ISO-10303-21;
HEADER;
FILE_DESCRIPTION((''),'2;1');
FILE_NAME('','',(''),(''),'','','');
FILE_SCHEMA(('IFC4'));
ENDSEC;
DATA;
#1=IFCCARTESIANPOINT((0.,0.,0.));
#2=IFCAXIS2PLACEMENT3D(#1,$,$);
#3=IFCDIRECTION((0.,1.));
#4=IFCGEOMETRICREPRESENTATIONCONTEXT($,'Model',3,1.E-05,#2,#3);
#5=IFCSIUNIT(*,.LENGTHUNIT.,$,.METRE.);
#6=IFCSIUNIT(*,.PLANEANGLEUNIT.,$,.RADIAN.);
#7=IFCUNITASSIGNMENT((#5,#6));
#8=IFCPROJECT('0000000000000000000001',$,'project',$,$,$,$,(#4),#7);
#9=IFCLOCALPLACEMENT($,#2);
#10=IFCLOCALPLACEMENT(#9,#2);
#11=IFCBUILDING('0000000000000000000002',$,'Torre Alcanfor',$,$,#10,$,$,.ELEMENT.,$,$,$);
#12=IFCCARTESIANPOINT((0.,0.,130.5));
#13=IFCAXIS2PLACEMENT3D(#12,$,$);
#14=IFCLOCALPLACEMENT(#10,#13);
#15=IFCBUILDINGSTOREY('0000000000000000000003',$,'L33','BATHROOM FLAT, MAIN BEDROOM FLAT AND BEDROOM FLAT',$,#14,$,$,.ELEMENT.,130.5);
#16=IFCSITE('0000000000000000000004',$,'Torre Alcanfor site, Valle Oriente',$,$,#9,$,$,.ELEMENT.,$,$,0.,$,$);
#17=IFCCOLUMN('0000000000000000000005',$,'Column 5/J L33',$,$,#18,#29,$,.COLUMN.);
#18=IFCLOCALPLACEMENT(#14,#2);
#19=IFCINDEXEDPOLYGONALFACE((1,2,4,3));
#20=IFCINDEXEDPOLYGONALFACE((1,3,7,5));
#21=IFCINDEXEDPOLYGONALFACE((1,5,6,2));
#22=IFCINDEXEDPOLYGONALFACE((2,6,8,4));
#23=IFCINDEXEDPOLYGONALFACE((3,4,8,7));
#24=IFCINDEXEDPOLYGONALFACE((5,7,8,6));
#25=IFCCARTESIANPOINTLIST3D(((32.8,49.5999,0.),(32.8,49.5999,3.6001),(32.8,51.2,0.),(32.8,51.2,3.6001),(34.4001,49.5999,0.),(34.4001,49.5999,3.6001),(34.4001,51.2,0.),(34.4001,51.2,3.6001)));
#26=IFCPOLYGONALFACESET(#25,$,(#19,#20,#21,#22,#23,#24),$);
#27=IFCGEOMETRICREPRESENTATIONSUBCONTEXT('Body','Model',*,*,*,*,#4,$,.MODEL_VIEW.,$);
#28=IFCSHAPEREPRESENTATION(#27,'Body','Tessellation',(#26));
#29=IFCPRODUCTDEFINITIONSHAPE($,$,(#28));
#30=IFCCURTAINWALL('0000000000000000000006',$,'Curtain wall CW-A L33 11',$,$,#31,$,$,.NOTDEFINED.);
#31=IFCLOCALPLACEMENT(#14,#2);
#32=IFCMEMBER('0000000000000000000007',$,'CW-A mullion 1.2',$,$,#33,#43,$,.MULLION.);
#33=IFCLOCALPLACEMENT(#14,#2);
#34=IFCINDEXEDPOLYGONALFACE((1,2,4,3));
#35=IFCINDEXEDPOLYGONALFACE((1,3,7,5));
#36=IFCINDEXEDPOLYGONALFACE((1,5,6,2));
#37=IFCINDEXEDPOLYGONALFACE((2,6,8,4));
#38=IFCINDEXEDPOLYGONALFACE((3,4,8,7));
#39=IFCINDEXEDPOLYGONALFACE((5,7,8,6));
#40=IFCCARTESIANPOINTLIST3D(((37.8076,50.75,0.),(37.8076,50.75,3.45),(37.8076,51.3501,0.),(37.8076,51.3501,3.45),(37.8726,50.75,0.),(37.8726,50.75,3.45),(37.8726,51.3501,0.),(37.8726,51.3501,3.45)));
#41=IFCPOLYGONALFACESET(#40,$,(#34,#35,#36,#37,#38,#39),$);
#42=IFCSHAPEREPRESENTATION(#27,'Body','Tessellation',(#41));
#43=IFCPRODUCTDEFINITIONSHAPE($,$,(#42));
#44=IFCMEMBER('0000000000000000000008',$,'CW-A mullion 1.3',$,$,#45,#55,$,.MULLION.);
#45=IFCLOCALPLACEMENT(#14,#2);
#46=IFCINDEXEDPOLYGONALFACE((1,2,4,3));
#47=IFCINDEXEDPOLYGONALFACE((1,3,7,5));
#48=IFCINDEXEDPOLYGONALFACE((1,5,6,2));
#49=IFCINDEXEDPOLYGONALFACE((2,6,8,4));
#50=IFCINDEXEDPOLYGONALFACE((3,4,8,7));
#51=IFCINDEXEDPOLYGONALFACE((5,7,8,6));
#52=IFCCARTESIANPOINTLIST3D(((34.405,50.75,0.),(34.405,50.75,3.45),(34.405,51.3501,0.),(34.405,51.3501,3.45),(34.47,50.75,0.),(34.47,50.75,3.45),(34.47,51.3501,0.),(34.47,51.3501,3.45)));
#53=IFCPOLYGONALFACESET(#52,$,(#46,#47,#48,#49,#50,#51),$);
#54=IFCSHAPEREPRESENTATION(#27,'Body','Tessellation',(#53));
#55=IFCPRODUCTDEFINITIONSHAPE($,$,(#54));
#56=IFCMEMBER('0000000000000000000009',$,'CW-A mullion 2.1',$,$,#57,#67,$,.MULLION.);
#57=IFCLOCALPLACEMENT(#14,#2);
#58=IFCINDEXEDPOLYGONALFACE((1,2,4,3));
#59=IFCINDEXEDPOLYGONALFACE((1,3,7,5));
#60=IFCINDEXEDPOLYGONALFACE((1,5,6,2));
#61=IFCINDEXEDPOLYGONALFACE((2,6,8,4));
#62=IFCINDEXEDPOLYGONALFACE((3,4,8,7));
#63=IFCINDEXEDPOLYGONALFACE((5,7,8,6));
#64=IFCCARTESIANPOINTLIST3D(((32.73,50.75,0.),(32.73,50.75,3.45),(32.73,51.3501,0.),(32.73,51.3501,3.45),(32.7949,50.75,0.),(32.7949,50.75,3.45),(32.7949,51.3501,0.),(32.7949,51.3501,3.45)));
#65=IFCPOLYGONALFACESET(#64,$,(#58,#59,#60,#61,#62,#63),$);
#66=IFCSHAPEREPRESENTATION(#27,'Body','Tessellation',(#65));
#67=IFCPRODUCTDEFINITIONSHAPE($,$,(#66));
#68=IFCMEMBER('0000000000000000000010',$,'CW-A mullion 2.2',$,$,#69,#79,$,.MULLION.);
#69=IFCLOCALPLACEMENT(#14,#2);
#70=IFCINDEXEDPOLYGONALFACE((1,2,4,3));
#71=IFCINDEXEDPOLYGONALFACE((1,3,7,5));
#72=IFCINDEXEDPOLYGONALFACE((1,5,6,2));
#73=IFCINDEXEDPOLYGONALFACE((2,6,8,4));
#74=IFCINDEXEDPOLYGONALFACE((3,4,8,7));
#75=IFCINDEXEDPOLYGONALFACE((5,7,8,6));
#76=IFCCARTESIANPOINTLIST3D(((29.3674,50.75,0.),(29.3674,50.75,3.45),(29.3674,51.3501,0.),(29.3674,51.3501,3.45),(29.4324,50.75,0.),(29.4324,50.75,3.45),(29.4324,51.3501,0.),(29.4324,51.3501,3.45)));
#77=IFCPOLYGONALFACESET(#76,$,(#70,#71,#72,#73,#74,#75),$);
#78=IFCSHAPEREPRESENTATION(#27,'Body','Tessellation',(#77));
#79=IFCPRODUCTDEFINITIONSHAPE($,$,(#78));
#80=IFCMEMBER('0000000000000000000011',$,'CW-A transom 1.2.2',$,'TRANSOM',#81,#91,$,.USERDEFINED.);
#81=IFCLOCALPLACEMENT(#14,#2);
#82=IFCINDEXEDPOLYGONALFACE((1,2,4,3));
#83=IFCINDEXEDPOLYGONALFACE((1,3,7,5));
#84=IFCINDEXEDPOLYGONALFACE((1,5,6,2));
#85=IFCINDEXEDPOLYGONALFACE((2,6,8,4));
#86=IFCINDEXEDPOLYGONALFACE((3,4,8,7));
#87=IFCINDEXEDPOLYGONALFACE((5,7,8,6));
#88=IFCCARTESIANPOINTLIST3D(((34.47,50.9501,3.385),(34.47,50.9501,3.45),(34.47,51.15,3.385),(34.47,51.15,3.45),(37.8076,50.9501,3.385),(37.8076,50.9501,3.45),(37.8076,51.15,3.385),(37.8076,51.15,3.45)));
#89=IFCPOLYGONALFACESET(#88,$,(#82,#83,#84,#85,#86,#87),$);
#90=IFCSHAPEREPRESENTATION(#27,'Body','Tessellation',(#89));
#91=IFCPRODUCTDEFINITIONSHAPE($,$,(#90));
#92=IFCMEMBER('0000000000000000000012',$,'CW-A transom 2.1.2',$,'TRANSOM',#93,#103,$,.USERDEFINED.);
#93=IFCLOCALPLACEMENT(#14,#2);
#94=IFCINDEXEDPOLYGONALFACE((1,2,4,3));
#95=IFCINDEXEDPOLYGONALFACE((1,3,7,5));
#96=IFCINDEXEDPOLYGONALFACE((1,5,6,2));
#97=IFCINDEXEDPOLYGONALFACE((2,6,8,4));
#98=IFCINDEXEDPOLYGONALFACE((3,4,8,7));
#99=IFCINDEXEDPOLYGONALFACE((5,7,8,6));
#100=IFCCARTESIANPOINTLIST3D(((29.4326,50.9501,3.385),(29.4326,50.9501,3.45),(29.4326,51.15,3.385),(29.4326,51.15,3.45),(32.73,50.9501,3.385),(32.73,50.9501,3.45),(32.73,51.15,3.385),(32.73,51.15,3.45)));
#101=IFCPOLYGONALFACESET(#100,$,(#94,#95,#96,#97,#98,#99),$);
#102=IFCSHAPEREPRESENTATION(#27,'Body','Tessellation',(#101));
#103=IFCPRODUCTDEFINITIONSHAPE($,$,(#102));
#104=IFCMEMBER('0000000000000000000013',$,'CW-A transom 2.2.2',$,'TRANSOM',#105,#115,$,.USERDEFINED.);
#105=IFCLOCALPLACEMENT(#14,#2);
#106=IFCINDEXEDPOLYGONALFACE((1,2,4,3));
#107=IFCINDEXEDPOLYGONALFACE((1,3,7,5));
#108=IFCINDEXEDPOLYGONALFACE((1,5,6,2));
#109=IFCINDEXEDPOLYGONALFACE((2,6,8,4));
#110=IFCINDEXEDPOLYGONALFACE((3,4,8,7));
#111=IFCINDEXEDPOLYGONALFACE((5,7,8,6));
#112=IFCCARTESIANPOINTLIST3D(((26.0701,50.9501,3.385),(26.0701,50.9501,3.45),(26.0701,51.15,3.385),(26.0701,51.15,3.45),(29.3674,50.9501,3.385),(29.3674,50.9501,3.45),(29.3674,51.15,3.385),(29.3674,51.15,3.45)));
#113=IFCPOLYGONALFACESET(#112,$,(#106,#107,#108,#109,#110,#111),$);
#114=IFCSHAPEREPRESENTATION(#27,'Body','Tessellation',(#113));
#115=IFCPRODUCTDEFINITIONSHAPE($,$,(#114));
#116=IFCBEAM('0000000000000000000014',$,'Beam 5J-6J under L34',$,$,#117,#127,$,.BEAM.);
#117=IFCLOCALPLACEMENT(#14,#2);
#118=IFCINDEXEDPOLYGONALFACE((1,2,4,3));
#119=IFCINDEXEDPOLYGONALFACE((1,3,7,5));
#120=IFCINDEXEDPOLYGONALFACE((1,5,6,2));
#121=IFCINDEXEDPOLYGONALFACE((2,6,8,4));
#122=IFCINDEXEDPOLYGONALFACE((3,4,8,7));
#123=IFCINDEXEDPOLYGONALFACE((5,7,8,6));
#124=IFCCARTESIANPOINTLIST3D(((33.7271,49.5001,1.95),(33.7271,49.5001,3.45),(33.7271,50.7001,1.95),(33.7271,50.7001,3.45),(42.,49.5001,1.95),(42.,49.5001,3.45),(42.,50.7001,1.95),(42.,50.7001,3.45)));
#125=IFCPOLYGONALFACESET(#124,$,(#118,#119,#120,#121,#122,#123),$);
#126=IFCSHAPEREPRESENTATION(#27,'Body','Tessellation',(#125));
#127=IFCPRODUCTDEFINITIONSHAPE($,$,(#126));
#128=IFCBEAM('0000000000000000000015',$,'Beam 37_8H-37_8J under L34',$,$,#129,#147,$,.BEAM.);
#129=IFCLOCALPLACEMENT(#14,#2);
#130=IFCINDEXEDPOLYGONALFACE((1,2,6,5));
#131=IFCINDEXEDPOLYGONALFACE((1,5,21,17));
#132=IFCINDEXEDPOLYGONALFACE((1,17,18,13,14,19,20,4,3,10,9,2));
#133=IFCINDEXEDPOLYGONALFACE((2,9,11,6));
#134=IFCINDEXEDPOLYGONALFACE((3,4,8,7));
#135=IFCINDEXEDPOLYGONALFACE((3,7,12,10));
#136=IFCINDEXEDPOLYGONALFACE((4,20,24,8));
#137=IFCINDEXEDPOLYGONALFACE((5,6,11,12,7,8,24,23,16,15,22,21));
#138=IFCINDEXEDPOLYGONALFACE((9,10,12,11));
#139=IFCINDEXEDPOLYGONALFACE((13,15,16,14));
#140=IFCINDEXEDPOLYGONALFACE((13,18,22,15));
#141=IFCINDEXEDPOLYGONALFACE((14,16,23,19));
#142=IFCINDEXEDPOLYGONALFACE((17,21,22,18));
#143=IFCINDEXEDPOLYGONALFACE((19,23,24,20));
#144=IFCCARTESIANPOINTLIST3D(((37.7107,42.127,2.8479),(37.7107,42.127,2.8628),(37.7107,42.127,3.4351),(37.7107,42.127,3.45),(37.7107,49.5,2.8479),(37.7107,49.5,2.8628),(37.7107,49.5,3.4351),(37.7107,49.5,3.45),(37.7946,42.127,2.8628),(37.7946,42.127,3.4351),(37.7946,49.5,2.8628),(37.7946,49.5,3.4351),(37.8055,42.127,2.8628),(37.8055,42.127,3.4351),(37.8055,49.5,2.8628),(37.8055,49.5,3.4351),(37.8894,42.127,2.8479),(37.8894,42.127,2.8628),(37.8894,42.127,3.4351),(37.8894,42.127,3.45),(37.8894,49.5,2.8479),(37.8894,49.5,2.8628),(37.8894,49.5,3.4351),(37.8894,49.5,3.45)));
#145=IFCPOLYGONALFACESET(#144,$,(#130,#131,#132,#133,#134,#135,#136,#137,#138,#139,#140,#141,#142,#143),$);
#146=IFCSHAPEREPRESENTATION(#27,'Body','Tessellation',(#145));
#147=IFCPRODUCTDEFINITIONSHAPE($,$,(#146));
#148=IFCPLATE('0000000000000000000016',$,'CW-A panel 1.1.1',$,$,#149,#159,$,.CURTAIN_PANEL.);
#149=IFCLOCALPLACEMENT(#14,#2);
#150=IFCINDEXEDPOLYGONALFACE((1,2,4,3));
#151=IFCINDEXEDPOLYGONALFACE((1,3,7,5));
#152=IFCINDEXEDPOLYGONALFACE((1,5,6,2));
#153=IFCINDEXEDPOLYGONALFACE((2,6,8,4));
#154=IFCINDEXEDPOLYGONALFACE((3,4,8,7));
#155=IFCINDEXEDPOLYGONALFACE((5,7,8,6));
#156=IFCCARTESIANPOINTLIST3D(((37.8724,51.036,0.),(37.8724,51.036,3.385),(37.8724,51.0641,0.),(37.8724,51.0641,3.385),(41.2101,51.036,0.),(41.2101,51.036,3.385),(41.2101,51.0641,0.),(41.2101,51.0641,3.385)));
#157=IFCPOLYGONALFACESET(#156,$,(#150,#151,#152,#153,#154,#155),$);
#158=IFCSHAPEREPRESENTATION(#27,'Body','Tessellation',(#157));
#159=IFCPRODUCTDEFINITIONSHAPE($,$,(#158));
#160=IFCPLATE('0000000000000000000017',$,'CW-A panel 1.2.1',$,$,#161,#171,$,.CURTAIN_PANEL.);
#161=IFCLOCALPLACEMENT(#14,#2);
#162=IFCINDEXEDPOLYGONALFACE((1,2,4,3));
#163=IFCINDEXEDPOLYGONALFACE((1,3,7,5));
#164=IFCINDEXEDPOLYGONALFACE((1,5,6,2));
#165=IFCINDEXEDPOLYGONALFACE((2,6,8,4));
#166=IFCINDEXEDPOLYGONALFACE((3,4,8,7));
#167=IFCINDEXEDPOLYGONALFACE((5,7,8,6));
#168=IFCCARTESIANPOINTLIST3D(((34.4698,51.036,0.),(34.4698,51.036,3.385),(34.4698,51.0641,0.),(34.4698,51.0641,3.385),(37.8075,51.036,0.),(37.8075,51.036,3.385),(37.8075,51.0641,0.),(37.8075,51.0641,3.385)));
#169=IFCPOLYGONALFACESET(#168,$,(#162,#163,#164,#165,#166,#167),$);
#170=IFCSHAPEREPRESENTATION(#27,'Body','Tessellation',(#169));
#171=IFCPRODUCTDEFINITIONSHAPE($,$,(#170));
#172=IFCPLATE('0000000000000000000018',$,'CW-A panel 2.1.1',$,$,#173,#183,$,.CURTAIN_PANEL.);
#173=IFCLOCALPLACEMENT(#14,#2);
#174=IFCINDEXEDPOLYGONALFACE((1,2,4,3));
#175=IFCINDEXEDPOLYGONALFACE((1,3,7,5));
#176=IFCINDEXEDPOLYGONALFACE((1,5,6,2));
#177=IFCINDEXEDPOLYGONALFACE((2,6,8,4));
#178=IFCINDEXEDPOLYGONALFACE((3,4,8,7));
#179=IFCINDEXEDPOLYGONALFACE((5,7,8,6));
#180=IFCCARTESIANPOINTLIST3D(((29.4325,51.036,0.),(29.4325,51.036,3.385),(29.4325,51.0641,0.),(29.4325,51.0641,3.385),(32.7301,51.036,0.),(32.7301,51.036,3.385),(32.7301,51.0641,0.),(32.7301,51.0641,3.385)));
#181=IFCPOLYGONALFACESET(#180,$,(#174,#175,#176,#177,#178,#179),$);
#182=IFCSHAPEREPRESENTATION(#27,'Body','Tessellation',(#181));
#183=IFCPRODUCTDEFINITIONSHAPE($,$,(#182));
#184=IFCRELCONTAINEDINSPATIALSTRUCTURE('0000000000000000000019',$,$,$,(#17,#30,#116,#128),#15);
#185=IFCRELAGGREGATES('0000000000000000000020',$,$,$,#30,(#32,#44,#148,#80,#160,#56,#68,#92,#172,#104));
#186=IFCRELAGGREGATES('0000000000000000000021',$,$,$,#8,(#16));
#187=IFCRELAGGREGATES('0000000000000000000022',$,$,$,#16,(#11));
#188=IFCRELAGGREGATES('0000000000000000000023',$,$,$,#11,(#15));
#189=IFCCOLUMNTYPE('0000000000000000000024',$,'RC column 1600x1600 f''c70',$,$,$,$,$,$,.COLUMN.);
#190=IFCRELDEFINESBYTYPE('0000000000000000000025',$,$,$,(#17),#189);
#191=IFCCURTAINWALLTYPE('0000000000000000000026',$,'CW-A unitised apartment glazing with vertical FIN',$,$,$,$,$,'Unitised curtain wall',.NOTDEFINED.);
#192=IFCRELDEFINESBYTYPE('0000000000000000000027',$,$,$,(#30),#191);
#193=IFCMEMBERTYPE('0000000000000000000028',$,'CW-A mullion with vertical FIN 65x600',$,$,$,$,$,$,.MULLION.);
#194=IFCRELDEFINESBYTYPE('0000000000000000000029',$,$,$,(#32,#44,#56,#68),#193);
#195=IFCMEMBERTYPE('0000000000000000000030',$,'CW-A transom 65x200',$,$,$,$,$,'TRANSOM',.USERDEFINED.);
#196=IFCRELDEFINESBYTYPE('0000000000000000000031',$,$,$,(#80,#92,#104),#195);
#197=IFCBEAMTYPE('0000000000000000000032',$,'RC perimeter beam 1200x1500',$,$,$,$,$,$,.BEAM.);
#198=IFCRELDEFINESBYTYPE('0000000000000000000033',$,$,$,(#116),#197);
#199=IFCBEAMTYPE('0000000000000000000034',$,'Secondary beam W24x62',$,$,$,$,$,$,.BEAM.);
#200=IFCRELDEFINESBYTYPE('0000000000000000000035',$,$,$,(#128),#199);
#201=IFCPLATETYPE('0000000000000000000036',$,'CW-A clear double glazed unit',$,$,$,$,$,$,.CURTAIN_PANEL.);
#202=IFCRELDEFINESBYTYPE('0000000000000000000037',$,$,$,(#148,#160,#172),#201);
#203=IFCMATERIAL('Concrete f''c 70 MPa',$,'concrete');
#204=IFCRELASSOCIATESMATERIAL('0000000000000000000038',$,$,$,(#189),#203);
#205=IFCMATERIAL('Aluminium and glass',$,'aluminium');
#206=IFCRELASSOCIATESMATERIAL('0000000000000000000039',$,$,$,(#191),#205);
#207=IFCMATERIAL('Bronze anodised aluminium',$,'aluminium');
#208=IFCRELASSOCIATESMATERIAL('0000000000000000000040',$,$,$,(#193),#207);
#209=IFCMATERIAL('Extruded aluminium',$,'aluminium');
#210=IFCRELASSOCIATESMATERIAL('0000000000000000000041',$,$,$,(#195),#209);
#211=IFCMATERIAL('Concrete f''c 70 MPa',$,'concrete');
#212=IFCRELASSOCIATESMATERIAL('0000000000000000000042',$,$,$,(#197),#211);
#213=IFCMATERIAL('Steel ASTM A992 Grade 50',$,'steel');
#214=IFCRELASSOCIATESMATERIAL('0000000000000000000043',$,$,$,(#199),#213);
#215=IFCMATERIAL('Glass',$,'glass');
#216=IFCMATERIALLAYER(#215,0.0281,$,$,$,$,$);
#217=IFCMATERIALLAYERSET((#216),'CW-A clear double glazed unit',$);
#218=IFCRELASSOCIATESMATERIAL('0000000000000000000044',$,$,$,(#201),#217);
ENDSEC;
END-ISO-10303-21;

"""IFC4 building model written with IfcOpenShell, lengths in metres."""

from ifc_helpers import new_model, si_unit, direction, frame, origin, origin_2d, place, context, subcontext, project, spatial, rectangle, i_section, extrude, material, layer, layer_set, material_profile, profile_set, type_object, element, aggregate, save


model = new_model("IFC4")

# Units and contexts
model_context = context("Model", 3, precision=1e-05, world=origin(), true_north=direction((0.0, 1.0)))
body_context = subcontext(model_context, "Body", "Model", "MODEL_VIEW")
ifc_project = project(units=[si_unit("LENGTHUNIT", "METRE"), si_unit("PLANEANGLEUNIT", "RADIAN")], contexts=[model_context])

# Site, building, storey
site_placement = place(None, origin())
site = spatial("IfcSite", under=ifc_project, at=site_placement, Name="Torre Alcanfor site, Valle Oriente", CompositionType="ELEMENT", RefElevation=0.0)
building_placement = place(site_placement, origin())
building = spatial("IfcBuilding", under=site, at=building_placement, Name="Torre Alcanfor", CompositionType="ELEMENT")
storey_placement = place(building_placement, frame((0.0, 0.0, 130.5)))
storey = spatial("IfcBuildingStorey", under=building, at=storey_placement, Name="L33", Description="BATHROOM FLAT, MAIN BEDROOM FLAT AND BEDROOM FLAT", CompositionType="ELEMENT", Elevation=130.5)

# Column
ifc_material_1 = material(Name="Concrete f'c 70 MPa", Category="concrete")
ifc_material_profile_1 = material_profile(ifc_material_1, rectangle(XDim=1.6001, YDim=1.6001, at=origin_2d()), Name="1600x1600")
ifc_profile_set_1 = profile_set([ifc_material_profile_1], Name="Concrete f'c 70 MPa")
column_type = type_object("IfcColumnType", Name="RC column 1600x1600 f'c70", PredefinedType="COLUMN", material=ifc_profile_set_1)
column_placement = place(storey_placement, frame((33.6001, 50.3999, 0.0), z_axis=(0.0, 0.0, 1.0), x_axis=(1.0, 0.0, 0.0)))
element("IfcColumn", 1, at=column_placement, inside=storey, type_object=column_type, Name="Column 5/J L33", PredefinedType="COLUMN", context=body_context, shape_type="SweptSolid", body=[
    extrude(rectangle(XDim=1.6001, YDim=1.6001, at=origin_2d()), origin(), (0.0, 0.0, 1.0), 3.6001),
])

# Curtain wall, members
ifc_material_2 = material(Name="Aluminium and glass", Category="aluminium")
curtain_wall_type = type_object("IfcCurtainWallType", Name="CW-A unitised apartment glazing with vertical FIN", ElementType="Unitised curtain wall", PredefinedType="NOTDEFINED", material=ifc_material_2)
curtain_wall_placement = place(storey_placement, origin())
curtain_wall = element("IfcCurtainWall", 2, at=curtain_wall_placement, inside=storey, type_object=curtain_wall_type, Name="Curtain wall CW-A L33 11", PredefinedType="NOTDEFINED")
ifc_material_3 = material(Name="Bronze anodised aluminium", Category="aluminium")
ifc_material_profile_2 = material_profile(ifc_material_3, rectangle(XDim=0.6001, YDim=0.0649, at=origin_2d()), Name="CW-A mullion 65x600")
ifc_profile_set_2 = profile_set([ifc_material_profile_2], Name="Bronze anodised aluminium")
member_type_1 = type_object("IfcMemberType", Name="CW-A mullion with vertical FIN 65x600", PredefinedType="MULLION", material=ifc_profile_set_2)
member_1_placement = place(storey_placement, frame((37.8401, 51.05, 0.0), z_axis=(0.0, 0.0, 1.0), x_axis=(0.0, -1.0, 0.0)))
member_1 = element("IfcMember", 3, at=member_1_placement, type_object=member_type_1, Name="CW-A mullion 1.2", PredefinedType="MULLION", context=body_context, shape_type="SweptSolid", body=[
    extrude(rectangle(XDim=0.6001, YDim=0.0649, at=origin_2d()), origin(), (0.0, 0.0, 1.0), 3.45),
])
member_2_placement = place(storey_placement, frame((34.4375, 51.05, 0.0), z_axis=(0.0, 0.0, 1.0), x_axis=(0.0, -1.0, 0.0)))
member_2 = element("IfcMember", 4, at=member_2_placement, type_object=member_type_1, Name="CW-A mullion 1.3", PredefinedType="MULLION", context=body_context, shape_type="SweptSolid", body=[
    extrude(rectangle(XDim=0.6001, YDim=0.0649, at=origin_2d()), origin(), (0.0, 0.0, 1.0), 3.45),
])
member_3_placement = place(storey_placement, frame((32.7625, 51.05, 0.0), z_axis=(0.0, 0.0, 1.0), x_axis=(0.0, -1.0, 0.0)))
member_3 = element("IfcMember", 5, at=member_3_placement, type_object=member_type_1, Name="CW-A mullion 2.1", PredefinedType="MULLION", context=body_context, shape_type="SweptSolid", body=[
    extrude(rectangle(XDim=0.6001, YDim=0.0649, at=origin_2d()), origin(), (0.0, 0.0, 1.0), 3.45),
])
member_4_placement = place(storey_placement, frame((29.3999, 51.05, 0.0), z_axis=(0.0, 0.0, 1.0), x_axis=(0.0, -1.0, 0.0)))
member_4 = element("IfcMember", 6, at=member_4_placement, type_object=member_type_1, Name="CW-A mullion 2.2", PredefinedType="MULLION", context=body_context, shape_type="SweptSolid", body=[
    extrude(rectangle(XDim=0.6001, YDim=0.0649, at=origin_2d()), origin(), (0.0, 0.0, 1.0), 3.45),
])
ifc_material_4 = material(Name="Extruded aluminium", Category="aluminium")
ifc_material_profile_3 = material_profile(ifc_material_4, rectangle(XDim=0.2, YDim=0.0649, at=origin_2d()), Name="CW-A transom 200x65")
ifc_profile_set_3 = profile_set([ifc_material_profile_3], Name="Extruded aluminium")
member_type_2 = type_object("IfcMemberType", Name="CW-A transom 65x200", ElementType="TRANSOM", PredefinedType="USERDEFINED", material=ifc_profile_set_3)
member_5_placement = place(storey_placement, frame((37.8076, 51.05, 3.4175), z_axis=(-1.0, 0.0, 0.0), x_axis=(0.0, -1.0, 0.0)))
member_5 = element("IfcMember", 7, at=member_5_placement, type_object=member_type_2, Name="CW-A transom 1.2.2", ObjectType="TRANSOM", PredefinedType="USERDEFINED", context=body_context, shape_type="SweptSolid", body=[
    extrude(rectangle(XDim=0.2, YDim=0.0649, at=origin_2d()), origin(), (0.0, 0.0, 1.0), 3.3376),
])
member_6_placement = place(storey_placement, frame((32.73, 51.05, 3.4175), z_axis=(-1.0, 0.0, 0.0), x_axis=(0.0, -1.0, 0.0)))
member_6 = element("IfcMember", 8, at=member_6_placement, type_object=member_type_2, Name="CW-A transom 2.1.2", ObjectType="TRANSOM", PredefinedType="USERDEFINED", context=body_context, shape_type="SweptSolid", body=[
    extrude(rectangle(XDim=0.2, YDim=0.0649, at=origin_2d()), origin(), (0.0, 0.0, 1.0), 3.2974),
])
member_7_placement = place(storey_placement, frame((29.3674, 51.05, 3.4175), z_axis=(-1.0, 0.0, 0.0), x_axis=(0.0, -1.0, 0.0)))
member_7 = element("IfcMember", 9, at=member_7_placement, type_object=member_type_2, Name="CW-A transom 2.2.2", ObjectType="TRANSOM", PredefinedType="USERDEFINED", context=body_context, shape_type="SweptSolid", body=[
    extrude(rectangle(XDim=0.2, YDim=0.0649, at=origin_2d()), origin(), (0.0, 0.0, 1.0), 3.2974),
])

# Beams
ifc_material_5 = material(Name="Concrete f'c 70 MPa", Category="concrete")
ifc_material_profile_4 = material_profile(ifc_material_5, rectangle(XDim=1.2, YDim=1.5, at=origin_2d()), Name="1200x1500")
ifc_profile_set_4 = profile_set([ifc_material_profile_4], Name="Concrete f'c 70 MPa")
beam_type_1 = type_object("IfcBeamType", Name="RC perimeter beam 1200x1500", PredefinedType="BEAM", material=ifc_profile_set_4)
beam_1_placement = place(storey_placement, frame((33.7271, 50.1001, 2.7), z_axis=(1.0, 0.0, 0.0), x_axis=(0.0, 1.0, 0.0)))
element("IfcBeam", 10, at=beam_1_placement, inside=storey, type_object=beam_type_1, Name="Beam 5J-6J under L34", PredefinedType="BEAM", context=body_context, shape_type="SweptSolid", body=[
    extrude(rectangle(XDim=1.2, YDim=1.5, at=origin_2d()), origin(), (0.0, 0.0, 1.0), 8.2729),
])
ifc_material_6 = material(Name="Steel ASTM A992 Grade 50", Category="steel")
ifc_material_profile_5 = material_profile(ifc_material_6, i_section(OverallWidth=0.1787, OverallDepth=0.6021, WebThickness=0.011, FlangeThickness=0.0149, at=origin_2d()), Name="W24x62")
ifc_profile_set_5 = profile_set([ifc_material_profile_5], Name="Steel ASTM A992 Grade 50")
beam_type_2 = type_object("IfcBeamType", Name="Secondary beam W24x62", PredefinedType="BEAM", material=ifc_profile_set_5)
beam_2_placement = place(storey_placement, frame((37.8, 42.127, 3.1489), z_axis=(0.0, 1.0, 0.0), x_axis=(-1.0, 0.0, 0.0)))
element("IfcBeam", 11, at=beam_2_placement, inside=storey, type_object=beam_type_2, Name="Beam 37_8H-37_8J under L34", PredefinedType="BEAM", context=body_context, shape_type="SweptSolid", body=[
    extrude(i_section(OverallWidth=0.1787, OverallDepth=0.6021, WebThickness=0.011, FlangeThickness=0.0149, at=origin_2d()), origin(), (0.0, 0.0, 1.0), 7.373),
])

# Plates
ifc_material_7 = material(Name="Glass", Category="glass")
ifc_layer_1 = layer(ifc_material_7, 0.0281)
ifc_layer_set_1 = layer_set([ifc_layer_1], Name="CW-A clear double glazed unit")
plate_type = type_object("IfcPlateType", Name="CW-A clear double glazed unit", PredefinedType="CURTAIN_PANEL", material=ifc_layer_set_1)
plate_1_placement = place(storey_placement, frame((39.5413, 51.05, 0.0), z_axis=(0.0, 0.0, 1.0), x_axis=(-1.0, 0.0, 0.0)))
plate_1 = element("IfcPlate", 12, at=plate_1_placement, type_object=plate_type, Name="CW-A panel 1.1.1", PredefinedType="CURTAIN_PANEL", context=body_context, shape_type="SweptSolid", body=[
    extrude(rectangle(XDim=3.3376, YDim=0.0281, at=origin_2d()), origin(), (0.0, 0.0, 1.0), 3.385),
])
plate_2_placement = place(storey_placement, frame((36.1387, 51.05, 0.0), z_axis=(0.0, 0.0, 1.0), x_axis=(-1.0, 0.0, 0.0)))
plate_2 = element("IfcPlate", 13, at=plate_2_placement, type_object=plate_type, Name="CW-A panel 1.2.1", PredefinedType="CURTAIN_PANEL", context=body_context, shape_type="SweptSolid", body=[
    extrude(rectangle(XDim=3.3376, YDim=0.0281, at=origin_2d()), origin(), (0.0, 0.0, 1.0), 3.385),
])
plate_3_placement = place(storey_placement, frame((31.0813, 51.05, 0.0), z_axis=(0.0, 0.0, 1.0), x_axis=(-1.0, 0.0, 0.0)))
plate_3 = element("IfcPlate", 14, at=plate_3_placement, type_object=plate_type, Name="CW-A panel 2.1.1", PredefinedType="CURTAIN_PANEL", context=body_context, shape_type="SweptSolid", body=[
    extrude(rectangle(XDim=3.2976, YDim=0.0281, at=origin_2d()), origin(), (0.0, 0.0, 1.0), 3.385),
])
aggregate(curtain_wall, [member_1, member_2, plate_1, member_5, plate_2, member_3, member_4, member_6, plate_3, member_7])

save(model, "model.ifc")
